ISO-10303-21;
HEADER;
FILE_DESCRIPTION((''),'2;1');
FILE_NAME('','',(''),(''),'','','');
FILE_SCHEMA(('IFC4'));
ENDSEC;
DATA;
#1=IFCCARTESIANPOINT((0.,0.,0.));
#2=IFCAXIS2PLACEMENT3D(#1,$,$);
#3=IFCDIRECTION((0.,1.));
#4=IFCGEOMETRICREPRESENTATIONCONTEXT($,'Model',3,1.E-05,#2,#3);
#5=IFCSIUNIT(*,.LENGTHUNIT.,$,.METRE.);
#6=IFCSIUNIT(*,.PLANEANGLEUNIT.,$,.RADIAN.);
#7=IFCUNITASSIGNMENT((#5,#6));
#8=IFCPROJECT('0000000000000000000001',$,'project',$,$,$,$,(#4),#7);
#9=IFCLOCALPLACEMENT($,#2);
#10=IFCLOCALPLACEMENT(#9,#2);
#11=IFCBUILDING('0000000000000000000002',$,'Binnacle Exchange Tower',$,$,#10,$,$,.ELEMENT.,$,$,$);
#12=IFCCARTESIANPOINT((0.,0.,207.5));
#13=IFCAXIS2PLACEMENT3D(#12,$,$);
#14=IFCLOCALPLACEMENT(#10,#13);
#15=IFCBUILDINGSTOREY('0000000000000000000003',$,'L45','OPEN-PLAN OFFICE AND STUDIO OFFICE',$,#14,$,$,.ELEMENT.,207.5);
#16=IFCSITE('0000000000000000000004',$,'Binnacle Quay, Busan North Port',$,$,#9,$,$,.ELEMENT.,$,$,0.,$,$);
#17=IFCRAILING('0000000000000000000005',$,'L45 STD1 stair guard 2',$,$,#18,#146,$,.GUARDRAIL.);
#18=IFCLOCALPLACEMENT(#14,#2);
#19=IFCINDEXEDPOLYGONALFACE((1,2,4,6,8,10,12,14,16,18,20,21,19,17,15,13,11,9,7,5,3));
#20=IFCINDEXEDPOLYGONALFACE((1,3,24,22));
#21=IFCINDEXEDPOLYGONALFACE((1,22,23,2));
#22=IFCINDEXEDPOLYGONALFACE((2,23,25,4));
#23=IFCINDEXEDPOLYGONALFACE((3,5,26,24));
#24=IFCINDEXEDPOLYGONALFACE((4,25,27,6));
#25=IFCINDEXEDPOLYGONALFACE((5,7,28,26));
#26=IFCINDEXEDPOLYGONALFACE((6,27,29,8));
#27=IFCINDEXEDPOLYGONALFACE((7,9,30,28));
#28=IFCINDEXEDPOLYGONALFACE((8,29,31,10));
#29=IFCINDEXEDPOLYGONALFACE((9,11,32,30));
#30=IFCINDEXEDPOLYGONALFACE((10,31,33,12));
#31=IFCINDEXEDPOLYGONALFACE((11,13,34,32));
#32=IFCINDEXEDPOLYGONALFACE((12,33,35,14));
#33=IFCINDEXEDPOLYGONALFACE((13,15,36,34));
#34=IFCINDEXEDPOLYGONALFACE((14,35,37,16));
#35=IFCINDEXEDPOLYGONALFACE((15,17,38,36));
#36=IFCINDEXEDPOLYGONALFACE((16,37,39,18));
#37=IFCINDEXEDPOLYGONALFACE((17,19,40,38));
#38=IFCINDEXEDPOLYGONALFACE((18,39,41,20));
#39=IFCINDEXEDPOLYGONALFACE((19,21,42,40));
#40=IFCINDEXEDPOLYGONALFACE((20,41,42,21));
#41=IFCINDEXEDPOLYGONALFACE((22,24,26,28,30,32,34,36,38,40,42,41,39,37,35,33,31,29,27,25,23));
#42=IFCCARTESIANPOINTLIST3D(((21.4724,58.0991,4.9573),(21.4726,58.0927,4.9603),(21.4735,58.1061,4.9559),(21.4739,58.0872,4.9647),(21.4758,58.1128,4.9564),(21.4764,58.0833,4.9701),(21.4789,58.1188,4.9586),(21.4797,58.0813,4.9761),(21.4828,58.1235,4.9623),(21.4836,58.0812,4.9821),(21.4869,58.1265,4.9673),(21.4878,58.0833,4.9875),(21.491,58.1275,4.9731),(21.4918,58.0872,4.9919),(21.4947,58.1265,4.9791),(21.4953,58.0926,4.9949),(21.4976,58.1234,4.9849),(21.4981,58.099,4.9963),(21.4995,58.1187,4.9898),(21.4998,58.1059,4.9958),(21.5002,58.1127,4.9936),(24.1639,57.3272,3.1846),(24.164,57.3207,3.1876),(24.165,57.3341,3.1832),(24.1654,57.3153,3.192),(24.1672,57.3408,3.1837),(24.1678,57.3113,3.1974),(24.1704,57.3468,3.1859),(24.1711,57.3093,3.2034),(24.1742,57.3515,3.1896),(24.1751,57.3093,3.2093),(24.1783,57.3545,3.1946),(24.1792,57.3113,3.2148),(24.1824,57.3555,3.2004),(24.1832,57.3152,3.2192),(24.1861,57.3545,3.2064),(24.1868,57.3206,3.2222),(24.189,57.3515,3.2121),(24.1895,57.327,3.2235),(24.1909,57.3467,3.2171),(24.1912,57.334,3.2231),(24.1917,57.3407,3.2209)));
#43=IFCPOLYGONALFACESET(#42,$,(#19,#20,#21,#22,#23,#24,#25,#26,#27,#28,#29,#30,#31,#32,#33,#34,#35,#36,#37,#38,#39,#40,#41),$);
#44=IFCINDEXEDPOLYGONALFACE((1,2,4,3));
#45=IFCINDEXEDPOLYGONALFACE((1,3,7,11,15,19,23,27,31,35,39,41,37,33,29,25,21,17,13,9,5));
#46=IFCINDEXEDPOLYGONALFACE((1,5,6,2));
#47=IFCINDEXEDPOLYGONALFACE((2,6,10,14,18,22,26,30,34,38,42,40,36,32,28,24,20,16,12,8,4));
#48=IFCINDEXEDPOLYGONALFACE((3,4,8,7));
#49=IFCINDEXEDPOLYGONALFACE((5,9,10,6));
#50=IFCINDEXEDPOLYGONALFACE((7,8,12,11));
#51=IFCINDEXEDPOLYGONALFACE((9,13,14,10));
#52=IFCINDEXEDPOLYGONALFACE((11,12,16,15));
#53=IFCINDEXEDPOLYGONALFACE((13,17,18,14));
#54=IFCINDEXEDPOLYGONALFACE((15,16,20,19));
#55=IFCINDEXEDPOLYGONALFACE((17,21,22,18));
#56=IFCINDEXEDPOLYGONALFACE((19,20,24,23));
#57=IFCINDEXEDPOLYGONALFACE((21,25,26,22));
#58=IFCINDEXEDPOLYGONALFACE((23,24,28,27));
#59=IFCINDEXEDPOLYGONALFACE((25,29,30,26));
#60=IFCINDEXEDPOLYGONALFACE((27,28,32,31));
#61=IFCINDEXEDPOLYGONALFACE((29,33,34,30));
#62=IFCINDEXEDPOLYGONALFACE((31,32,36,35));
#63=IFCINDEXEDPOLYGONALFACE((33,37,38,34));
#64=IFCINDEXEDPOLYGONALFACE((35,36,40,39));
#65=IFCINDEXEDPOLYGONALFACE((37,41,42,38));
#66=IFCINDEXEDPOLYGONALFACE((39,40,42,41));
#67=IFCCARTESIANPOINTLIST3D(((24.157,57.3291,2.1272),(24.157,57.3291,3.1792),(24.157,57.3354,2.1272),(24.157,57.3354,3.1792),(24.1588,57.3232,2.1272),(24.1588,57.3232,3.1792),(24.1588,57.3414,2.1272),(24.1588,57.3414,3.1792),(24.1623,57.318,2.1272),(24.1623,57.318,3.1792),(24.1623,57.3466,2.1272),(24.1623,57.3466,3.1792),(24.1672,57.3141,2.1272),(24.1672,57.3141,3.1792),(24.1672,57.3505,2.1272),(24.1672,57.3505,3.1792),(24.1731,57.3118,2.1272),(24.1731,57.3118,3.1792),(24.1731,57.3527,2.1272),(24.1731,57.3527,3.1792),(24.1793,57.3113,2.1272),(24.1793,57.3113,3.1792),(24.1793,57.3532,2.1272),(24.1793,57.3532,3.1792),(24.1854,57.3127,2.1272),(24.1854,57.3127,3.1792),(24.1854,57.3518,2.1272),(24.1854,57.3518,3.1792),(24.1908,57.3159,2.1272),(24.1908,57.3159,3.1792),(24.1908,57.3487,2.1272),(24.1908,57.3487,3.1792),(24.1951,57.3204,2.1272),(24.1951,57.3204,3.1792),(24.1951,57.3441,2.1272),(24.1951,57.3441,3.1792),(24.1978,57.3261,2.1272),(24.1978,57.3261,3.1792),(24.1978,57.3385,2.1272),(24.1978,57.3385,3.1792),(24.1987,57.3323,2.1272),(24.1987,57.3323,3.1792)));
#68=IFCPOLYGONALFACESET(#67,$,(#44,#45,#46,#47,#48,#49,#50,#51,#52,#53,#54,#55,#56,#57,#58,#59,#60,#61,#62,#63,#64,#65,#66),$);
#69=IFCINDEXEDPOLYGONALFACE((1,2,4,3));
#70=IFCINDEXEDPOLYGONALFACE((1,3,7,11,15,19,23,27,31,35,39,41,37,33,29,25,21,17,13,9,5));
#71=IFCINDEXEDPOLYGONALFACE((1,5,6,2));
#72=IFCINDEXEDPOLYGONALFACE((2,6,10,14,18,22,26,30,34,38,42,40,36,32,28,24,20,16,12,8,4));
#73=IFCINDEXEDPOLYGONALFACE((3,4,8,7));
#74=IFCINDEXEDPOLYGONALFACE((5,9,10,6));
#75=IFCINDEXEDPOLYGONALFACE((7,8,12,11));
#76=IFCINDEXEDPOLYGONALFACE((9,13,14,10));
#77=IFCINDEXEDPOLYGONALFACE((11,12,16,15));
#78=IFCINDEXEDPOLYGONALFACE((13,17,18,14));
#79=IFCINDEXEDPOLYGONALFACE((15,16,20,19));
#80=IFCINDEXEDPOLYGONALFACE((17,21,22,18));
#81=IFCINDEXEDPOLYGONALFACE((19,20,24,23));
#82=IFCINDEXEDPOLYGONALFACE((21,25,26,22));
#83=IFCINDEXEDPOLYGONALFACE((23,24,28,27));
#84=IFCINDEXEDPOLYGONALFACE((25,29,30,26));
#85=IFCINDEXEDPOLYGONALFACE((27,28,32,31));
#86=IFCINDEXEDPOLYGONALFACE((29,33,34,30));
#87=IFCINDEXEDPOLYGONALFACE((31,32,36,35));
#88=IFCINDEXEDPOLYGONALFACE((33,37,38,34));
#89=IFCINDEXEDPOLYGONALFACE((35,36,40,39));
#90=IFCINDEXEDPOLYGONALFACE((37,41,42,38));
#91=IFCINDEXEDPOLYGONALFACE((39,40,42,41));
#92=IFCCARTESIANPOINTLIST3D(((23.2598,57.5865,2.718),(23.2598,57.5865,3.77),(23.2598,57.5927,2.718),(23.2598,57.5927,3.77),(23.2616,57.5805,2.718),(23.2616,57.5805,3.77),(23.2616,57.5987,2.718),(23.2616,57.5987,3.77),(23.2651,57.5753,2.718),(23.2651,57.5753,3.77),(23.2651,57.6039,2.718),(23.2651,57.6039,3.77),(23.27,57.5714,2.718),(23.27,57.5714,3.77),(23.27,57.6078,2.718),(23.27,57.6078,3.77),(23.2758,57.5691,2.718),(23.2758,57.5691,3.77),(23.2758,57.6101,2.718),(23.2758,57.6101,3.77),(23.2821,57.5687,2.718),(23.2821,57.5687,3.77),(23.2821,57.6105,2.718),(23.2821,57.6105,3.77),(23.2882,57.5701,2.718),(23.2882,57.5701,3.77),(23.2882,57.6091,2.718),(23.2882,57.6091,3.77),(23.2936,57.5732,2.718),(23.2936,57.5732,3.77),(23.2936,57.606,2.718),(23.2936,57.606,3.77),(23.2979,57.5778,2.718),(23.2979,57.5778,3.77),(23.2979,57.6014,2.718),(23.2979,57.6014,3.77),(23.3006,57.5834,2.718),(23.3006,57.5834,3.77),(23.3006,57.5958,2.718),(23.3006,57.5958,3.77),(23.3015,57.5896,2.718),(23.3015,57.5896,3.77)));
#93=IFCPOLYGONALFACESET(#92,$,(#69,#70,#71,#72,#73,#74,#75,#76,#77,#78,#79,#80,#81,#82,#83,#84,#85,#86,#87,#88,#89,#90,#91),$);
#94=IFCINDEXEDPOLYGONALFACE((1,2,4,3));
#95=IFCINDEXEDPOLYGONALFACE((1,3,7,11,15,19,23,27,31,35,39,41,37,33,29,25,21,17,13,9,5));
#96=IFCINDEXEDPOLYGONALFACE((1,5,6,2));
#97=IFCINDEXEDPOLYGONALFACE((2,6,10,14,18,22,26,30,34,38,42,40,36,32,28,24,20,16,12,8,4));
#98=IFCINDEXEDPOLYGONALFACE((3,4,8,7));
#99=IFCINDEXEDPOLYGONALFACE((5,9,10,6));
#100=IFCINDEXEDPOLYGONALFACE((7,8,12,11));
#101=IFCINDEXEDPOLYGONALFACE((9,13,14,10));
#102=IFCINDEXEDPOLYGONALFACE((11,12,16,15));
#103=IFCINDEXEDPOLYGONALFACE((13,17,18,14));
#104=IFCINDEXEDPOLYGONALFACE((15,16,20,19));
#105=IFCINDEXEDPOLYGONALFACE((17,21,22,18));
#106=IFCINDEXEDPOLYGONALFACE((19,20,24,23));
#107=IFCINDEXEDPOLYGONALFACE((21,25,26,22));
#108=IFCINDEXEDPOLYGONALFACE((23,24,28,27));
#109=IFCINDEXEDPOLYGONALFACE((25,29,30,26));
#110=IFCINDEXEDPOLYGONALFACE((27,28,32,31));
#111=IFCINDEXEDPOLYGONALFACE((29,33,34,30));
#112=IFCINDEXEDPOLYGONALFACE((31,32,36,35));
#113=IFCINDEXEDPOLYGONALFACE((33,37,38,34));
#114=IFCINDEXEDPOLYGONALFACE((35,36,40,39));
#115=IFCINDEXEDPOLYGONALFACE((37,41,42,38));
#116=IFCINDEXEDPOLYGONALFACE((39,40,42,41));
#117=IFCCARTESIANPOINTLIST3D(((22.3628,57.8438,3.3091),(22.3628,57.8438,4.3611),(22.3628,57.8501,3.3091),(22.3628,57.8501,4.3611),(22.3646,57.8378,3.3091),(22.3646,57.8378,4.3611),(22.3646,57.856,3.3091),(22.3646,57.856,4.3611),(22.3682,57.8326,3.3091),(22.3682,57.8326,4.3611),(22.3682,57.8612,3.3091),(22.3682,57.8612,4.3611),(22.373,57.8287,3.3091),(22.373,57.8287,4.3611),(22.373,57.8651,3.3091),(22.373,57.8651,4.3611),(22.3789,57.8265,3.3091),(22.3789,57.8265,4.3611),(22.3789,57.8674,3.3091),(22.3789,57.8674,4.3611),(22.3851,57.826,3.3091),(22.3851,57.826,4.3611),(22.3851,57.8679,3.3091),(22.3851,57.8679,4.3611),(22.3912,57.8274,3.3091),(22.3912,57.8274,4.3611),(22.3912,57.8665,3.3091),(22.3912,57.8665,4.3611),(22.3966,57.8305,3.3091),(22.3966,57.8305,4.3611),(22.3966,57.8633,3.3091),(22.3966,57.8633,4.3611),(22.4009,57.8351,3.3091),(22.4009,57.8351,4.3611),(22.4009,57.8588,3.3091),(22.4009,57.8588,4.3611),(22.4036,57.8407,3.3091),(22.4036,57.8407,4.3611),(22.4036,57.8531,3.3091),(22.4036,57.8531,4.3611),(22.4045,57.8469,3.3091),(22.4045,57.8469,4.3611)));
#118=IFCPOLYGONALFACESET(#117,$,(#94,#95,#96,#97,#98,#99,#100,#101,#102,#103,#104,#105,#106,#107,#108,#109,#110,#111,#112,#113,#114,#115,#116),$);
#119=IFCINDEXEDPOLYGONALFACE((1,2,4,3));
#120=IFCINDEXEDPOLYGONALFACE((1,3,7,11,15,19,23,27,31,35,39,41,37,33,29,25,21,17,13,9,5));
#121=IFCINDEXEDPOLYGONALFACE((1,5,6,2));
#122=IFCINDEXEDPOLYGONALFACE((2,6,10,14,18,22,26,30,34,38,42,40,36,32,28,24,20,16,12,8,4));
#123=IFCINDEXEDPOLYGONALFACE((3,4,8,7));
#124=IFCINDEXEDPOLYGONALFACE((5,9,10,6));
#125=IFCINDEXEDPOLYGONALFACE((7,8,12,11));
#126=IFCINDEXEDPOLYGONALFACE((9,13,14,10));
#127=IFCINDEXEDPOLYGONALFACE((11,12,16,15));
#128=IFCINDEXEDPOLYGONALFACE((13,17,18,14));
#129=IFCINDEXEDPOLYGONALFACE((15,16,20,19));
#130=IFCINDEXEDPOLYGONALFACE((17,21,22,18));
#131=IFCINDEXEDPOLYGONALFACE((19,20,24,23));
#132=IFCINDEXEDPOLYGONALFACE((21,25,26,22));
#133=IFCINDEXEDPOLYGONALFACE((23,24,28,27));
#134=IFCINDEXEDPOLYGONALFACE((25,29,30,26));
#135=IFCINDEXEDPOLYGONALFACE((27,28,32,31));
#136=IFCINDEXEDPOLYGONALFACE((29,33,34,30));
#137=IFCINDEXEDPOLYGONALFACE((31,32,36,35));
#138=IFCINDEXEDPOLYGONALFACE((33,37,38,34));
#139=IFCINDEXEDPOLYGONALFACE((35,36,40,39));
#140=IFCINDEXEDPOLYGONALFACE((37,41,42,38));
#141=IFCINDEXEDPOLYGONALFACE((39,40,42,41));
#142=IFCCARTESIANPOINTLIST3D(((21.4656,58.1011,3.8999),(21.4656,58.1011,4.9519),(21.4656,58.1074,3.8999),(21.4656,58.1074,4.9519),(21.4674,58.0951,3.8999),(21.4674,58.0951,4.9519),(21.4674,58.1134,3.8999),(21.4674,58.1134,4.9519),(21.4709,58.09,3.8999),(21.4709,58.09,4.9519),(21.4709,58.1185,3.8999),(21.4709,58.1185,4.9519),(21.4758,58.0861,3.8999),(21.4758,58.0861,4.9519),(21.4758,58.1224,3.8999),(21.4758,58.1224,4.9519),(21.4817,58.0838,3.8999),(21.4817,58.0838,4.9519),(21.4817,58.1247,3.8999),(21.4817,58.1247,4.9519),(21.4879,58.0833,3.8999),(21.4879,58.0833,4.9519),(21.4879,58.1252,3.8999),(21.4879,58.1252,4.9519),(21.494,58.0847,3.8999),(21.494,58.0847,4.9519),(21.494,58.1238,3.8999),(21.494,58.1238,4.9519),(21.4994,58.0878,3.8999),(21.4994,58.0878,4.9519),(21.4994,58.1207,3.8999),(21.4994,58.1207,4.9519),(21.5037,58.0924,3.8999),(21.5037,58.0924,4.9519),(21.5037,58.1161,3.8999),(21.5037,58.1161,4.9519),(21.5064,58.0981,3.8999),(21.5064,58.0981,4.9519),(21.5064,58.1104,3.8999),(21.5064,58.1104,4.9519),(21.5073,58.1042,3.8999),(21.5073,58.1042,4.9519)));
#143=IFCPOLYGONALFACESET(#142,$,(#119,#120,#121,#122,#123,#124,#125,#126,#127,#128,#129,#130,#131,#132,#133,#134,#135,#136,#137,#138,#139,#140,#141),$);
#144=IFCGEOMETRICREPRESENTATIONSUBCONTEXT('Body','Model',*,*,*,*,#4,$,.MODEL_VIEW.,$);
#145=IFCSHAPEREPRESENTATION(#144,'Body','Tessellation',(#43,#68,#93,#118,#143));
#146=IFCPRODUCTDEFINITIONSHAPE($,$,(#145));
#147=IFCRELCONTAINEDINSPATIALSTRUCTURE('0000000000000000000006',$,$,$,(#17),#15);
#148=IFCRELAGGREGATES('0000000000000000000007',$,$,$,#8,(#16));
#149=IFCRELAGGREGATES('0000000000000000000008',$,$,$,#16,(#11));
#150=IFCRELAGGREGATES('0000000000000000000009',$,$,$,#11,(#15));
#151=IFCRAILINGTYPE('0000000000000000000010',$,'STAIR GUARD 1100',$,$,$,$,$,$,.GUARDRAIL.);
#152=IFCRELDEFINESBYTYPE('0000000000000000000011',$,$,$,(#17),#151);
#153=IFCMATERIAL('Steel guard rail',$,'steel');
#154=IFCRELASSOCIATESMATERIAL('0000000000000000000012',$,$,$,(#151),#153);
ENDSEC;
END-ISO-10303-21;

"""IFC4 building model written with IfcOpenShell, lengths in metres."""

from ifc_helpers import new_model, si_unit, direction, frame, origin, origin_2d, place, context, subcontext, project, spatial, circle, extrude, material, type_object, element, save


model = new_model("IFC4")

# Units and contexts
model_context = context("Model", 3, precision=1e-05, world=origin(), true_north=direction((0.0, 1.0)))
body_context = subcontext(model_context, "Body", "Model", "MODEL_VIEW")
ifc_project = project(units=[si_unit("LENGTHUNIT", "METRE"), si_unit("PLANEANGLEUNIT", "RADIAN")], contexts=[model_context])

# Site, building, storey
site_placement = place(None, origin())
site = spatial("IfcSite", under=ifc_project, at=site_placement, Name="Binnacle Quay, Busan North Port", CompositionType="ELEMENT", RefElevation=0.0)
building_placement = place(site_placement, origin())
building = spatial("IfcBuilding", under=site, at=building_placement, Name="Binnacle Exchange Tower", CompositionType="ELEMENT")
storey_placement = place(building_placement, frame((0.0, 0.0, 207.5)))
storey = spatial("IfcBuildingStorey", under=building, at=storey_placement, Name="L45", Description="OPEN-PLAN OFFICE AND STUDIO OFFICE", CompositionType="ELEMENT", Elevation=207.5)

# Railing
ifc_material_1 = material(Name="Steel guard rail", Category="steel")
railing_type = type_object("IfcRailingType", Name="STAIR GUARD 1100", PredefinedType="GUARDRAIL", material=ifc_material_1)
railing_1_placement = place(storey_placement, frame((24.1777, 57.3323, 2.1272)))
element("IfcRailing", 1, at=railing_1_placement, inside=storey, type_object=railing_type, Name="L45 STD1 stair guard 2", PredefinedType="GUARDRAIL", context=body_context, shape_type="SweptSolid", body=[
    extrude(circle(Radius=0.0239, at=origin_2d()), frame((0.0, 0.0, 1.0762), z_axis=(-0.812151, 0.232948, 0.534926), x_axis=(-0.275711, -0.96124, 0.0)), (0.0, 0.0, 1.0), 3.314),
    extrude(circle(Radius=0.021, at=origin_2d()), origin(), (0.0, 0.0, 1.0), 1.052),
    extrude(circle(Radius=0.021, at=origin_2d()), frame((-0.8972, 0.2573, 0.5908)), (0.0, 0.0, 1.0), 1.052),
    extrude(circle(Radius=0.021, at=origin_2d()), frame((-1.7942, 0.5146, 1.1819)), (0.0, 0.0, 1.0), 1.052),
    extrude(circle(Radius=0.021, at=origin_2d()), frame((-2.6914, 0.772, 1.7727)), (0.0, 0.0, 1.0), 1.052),
])

save(model, "model.ifc")
